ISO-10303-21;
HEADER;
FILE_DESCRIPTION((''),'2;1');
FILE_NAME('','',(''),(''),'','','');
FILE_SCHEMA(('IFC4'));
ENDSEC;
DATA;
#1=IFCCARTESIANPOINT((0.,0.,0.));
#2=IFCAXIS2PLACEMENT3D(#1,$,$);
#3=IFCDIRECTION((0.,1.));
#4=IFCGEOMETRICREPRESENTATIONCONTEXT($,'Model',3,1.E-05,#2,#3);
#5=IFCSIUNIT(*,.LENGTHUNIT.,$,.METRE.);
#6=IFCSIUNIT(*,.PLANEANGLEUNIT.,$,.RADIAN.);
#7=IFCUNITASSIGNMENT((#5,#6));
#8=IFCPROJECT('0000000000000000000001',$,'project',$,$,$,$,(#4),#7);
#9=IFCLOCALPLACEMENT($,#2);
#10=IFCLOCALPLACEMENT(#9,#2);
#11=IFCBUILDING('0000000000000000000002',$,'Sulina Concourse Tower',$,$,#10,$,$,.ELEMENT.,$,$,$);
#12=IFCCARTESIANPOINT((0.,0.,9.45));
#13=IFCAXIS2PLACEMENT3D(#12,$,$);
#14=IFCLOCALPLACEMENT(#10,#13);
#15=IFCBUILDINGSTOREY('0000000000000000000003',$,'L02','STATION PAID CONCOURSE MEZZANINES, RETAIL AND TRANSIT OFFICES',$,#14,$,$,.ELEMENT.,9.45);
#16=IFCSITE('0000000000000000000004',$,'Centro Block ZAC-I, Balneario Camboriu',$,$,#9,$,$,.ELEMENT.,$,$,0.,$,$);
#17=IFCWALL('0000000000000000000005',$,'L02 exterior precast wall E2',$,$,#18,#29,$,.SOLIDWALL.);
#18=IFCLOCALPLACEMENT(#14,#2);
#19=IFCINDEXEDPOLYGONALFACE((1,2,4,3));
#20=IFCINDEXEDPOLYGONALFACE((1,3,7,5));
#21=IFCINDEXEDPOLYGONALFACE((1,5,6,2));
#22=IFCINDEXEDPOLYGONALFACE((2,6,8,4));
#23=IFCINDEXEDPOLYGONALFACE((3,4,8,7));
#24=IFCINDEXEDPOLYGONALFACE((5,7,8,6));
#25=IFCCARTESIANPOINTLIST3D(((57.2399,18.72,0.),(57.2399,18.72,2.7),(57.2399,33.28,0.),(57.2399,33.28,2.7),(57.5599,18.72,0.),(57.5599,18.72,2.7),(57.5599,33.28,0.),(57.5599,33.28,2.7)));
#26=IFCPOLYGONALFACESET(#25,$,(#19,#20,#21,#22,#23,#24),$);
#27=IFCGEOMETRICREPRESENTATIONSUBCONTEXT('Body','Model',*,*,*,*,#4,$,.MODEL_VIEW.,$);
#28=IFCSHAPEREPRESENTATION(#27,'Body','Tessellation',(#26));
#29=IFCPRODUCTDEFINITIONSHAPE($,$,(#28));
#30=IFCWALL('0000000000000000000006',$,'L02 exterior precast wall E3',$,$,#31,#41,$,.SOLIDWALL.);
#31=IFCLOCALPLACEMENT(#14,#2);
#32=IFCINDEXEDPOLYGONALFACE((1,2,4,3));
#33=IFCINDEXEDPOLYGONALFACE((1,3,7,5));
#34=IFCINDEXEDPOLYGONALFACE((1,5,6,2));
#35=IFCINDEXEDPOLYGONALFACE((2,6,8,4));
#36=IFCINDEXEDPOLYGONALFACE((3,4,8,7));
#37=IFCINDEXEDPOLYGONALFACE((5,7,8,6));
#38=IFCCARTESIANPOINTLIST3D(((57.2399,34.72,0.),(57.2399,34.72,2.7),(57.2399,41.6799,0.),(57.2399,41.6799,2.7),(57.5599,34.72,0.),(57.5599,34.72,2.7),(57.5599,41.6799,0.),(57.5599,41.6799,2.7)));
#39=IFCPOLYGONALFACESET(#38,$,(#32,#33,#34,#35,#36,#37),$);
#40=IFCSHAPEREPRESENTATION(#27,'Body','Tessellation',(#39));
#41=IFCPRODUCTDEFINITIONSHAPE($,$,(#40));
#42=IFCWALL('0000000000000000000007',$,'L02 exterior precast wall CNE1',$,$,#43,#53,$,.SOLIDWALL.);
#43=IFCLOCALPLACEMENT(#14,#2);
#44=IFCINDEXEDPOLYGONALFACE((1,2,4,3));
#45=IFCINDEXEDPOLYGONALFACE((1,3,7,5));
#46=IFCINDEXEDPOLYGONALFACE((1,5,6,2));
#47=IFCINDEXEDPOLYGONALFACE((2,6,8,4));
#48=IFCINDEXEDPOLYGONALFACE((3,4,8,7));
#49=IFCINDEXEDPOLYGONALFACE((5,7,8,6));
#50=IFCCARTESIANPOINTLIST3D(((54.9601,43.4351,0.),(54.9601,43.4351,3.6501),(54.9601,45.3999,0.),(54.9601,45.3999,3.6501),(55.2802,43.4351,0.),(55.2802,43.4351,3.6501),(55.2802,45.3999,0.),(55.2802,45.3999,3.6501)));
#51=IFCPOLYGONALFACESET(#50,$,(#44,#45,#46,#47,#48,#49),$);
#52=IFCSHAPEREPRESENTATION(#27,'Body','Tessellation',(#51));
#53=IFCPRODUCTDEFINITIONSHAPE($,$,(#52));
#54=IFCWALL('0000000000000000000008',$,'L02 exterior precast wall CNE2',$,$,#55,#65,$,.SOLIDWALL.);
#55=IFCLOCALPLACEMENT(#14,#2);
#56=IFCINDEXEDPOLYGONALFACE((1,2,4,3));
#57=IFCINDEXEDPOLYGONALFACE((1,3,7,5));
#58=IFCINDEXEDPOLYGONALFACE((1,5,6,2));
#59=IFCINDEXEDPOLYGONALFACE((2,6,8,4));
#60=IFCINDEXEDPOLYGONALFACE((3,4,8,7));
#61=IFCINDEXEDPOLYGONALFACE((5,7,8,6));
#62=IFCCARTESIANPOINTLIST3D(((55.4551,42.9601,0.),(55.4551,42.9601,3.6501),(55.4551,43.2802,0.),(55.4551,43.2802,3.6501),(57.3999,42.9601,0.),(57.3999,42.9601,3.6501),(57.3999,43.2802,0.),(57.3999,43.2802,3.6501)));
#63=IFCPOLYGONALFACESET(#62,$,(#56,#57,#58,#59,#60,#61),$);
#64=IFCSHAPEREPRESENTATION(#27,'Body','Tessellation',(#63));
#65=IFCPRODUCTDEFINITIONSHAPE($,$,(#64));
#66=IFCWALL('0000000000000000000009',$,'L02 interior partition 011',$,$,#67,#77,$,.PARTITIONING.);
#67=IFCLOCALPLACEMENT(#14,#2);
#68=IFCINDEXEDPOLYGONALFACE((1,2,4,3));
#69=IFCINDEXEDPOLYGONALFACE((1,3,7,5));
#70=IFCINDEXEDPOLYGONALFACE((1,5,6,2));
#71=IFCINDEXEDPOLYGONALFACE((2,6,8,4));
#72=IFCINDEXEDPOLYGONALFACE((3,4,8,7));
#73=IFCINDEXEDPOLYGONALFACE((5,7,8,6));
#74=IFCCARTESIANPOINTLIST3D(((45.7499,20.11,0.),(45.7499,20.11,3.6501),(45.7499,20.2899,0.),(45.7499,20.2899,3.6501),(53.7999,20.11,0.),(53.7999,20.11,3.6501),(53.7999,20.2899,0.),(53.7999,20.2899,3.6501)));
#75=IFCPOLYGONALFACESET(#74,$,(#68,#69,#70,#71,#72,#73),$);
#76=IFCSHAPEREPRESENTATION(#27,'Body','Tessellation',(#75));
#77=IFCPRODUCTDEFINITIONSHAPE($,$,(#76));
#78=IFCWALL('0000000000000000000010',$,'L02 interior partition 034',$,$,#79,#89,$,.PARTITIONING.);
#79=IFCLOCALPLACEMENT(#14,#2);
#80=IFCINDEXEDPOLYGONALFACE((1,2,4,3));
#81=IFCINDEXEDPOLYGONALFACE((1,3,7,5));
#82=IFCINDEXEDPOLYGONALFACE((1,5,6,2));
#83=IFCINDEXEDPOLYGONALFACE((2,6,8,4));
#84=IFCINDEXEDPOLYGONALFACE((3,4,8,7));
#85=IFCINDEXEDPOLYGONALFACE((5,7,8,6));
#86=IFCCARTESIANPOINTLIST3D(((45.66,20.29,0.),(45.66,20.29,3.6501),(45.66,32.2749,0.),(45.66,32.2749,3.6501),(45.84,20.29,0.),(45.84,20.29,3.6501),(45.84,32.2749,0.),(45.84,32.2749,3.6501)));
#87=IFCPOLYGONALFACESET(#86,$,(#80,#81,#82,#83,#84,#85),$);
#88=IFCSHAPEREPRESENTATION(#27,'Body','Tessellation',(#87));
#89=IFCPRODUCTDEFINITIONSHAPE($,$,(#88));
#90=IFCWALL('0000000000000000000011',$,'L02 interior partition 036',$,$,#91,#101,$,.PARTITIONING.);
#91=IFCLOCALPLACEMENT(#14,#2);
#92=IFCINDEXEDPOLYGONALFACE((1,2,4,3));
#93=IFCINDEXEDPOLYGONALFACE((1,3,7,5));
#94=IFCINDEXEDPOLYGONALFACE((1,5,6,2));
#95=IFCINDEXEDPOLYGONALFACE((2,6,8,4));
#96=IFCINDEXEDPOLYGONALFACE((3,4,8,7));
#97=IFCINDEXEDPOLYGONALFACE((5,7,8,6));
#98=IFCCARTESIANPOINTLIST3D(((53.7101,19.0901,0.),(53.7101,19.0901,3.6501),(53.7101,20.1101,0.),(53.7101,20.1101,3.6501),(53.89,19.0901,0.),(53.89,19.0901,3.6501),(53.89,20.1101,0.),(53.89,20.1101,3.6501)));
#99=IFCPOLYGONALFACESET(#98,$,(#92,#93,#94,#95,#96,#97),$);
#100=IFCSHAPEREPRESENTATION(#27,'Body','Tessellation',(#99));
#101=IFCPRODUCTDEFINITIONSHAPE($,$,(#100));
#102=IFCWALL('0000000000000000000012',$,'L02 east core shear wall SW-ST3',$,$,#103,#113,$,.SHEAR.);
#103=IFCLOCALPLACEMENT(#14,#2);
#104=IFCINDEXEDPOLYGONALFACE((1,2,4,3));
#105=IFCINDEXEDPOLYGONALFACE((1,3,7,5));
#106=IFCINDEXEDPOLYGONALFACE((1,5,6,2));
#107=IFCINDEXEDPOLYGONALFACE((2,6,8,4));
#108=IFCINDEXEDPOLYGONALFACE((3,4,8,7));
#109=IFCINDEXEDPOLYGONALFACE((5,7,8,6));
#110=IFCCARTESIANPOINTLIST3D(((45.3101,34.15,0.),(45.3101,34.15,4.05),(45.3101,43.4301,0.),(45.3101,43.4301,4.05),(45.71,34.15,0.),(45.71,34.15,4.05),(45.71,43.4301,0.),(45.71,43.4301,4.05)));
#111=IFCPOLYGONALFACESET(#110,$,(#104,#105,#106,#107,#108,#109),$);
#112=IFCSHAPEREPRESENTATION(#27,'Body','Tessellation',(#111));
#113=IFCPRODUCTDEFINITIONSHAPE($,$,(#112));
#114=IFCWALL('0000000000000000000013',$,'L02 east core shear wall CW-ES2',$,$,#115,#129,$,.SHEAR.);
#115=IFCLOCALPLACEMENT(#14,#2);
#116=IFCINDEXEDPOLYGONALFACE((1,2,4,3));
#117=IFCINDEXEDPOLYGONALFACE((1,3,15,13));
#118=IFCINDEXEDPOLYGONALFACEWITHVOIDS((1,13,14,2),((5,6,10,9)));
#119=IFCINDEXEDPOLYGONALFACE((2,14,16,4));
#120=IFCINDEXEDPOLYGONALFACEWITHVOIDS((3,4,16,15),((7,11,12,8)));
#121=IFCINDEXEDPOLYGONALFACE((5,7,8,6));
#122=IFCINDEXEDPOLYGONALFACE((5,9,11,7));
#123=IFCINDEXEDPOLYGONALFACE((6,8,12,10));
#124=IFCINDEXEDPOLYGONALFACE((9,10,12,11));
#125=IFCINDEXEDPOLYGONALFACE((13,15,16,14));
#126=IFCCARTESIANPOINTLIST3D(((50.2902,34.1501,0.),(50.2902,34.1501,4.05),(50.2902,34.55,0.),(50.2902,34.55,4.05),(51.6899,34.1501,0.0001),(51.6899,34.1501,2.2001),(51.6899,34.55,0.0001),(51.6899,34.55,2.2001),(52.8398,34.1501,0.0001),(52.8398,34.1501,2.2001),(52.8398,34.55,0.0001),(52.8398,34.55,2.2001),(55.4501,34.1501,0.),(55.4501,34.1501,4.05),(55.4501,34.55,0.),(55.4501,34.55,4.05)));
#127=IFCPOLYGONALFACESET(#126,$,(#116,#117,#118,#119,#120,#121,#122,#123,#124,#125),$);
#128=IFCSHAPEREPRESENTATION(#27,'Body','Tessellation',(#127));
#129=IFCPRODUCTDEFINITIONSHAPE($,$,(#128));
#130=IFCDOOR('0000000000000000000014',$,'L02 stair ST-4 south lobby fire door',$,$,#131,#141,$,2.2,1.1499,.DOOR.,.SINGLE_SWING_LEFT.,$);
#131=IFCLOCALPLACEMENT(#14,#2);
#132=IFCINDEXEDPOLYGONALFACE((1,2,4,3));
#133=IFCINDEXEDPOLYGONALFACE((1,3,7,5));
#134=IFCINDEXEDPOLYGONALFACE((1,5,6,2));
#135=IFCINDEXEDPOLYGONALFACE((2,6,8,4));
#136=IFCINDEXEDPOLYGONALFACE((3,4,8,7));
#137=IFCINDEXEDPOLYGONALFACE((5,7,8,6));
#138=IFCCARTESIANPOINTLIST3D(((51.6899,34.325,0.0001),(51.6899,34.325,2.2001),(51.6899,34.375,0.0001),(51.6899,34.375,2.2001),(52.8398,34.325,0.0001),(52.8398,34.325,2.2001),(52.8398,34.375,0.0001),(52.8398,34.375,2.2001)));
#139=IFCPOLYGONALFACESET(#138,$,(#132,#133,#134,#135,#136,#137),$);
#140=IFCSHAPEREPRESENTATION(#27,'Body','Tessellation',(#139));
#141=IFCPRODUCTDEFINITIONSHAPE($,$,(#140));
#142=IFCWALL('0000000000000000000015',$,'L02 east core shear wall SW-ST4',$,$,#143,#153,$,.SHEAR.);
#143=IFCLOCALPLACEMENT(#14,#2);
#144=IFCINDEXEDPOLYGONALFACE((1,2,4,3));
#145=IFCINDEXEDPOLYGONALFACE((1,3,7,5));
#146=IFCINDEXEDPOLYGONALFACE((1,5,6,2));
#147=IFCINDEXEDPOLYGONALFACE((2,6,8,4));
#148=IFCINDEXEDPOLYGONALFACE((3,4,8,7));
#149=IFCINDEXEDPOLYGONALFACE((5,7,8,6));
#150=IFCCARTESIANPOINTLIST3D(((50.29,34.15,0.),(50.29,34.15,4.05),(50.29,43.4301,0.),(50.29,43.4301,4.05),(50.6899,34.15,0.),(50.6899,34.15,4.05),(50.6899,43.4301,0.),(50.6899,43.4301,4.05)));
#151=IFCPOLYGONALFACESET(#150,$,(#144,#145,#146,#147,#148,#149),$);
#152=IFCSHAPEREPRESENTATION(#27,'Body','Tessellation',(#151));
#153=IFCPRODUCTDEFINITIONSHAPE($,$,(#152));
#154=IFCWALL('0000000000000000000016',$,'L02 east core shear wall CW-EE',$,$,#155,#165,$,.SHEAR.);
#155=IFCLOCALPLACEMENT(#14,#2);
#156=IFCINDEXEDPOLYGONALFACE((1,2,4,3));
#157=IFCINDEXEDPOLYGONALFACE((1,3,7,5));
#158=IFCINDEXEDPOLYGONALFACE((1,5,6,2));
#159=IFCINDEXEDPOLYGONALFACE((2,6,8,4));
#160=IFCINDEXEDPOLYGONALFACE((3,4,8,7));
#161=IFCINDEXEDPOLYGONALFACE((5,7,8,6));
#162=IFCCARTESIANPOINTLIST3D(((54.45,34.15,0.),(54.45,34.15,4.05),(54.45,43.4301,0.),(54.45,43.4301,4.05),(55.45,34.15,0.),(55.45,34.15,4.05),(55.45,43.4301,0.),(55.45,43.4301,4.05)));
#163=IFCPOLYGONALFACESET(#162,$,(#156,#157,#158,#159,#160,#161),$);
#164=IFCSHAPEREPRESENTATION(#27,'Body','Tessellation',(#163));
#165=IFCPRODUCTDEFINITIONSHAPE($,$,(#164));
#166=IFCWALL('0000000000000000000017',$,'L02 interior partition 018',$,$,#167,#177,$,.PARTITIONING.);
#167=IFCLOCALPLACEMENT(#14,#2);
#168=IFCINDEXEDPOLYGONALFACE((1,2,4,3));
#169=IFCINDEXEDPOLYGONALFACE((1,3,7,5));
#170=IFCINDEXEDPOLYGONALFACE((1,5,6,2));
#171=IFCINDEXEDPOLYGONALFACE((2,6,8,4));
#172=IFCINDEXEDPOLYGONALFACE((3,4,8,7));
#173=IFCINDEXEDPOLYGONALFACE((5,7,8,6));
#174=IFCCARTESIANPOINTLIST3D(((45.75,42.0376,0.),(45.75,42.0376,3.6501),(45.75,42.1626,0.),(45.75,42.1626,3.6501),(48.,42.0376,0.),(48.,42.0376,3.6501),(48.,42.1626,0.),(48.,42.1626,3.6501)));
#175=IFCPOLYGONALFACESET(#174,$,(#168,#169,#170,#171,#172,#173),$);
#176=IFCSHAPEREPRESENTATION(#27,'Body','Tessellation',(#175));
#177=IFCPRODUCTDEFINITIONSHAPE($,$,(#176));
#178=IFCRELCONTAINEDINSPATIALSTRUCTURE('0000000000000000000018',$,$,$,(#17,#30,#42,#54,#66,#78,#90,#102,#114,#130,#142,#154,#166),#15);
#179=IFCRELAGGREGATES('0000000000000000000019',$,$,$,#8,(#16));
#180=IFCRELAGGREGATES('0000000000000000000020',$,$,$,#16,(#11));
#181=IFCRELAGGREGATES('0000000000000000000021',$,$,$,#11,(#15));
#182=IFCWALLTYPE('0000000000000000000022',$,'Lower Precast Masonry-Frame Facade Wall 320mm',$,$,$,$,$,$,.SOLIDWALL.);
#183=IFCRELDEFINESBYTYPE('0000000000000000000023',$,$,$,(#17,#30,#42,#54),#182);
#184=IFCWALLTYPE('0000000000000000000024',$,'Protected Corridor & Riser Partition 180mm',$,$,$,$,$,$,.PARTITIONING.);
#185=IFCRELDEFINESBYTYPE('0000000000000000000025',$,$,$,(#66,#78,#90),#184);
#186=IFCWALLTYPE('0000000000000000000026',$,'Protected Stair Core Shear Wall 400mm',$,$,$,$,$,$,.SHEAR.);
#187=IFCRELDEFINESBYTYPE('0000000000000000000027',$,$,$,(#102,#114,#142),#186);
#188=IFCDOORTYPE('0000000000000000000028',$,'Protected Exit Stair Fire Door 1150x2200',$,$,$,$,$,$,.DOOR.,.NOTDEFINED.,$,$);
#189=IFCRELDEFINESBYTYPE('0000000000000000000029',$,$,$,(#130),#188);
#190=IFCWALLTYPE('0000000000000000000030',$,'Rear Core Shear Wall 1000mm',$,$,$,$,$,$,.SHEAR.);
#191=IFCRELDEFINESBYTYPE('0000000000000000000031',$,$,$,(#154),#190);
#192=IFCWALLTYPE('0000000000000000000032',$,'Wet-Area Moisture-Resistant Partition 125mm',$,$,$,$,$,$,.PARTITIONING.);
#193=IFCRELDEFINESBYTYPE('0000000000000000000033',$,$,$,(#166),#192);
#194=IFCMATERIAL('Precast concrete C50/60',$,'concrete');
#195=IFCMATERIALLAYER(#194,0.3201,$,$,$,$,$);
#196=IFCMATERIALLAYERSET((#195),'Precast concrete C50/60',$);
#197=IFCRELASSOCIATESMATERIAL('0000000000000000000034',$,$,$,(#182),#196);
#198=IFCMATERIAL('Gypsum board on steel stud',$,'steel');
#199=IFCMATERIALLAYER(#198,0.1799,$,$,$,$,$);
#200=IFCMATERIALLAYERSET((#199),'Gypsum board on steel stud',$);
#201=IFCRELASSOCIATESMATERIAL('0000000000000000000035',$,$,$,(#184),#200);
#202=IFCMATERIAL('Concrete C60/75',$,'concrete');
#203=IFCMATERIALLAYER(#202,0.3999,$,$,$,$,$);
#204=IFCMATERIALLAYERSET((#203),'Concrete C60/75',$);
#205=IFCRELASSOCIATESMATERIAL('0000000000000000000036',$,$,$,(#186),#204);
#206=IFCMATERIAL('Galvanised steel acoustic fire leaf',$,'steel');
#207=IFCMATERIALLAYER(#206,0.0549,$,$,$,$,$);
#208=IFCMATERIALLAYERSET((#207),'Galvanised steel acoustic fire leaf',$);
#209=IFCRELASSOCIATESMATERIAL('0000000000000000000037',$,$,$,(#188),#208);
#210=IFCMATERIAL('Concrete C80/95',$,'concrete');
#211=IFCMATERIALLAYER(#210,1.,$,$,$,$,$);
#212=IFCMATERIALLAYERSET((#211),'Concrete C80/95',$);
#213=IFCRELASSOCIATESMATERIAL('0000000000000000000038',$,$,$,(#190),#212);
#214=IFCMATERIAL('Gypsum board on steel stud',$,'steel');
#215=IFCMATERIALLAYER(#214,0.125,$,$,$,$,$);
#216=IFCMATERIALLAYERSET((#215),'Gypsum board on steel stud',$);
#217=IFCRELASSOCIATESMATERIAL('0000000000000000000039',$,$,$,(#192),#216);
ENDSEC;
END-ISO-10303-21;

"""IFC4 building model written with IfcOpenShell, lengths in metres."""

from ifc_helpers import new_model, si_unit, direction, frame, frame_2d, origin, place, context, subcontext, project, spatial, rectangle, extrude, material, layer, layer_set, type_object, element, fill, save


model = new_model("IFC4")

# Units and contexts
model_context = context("Model", 3, precision=1e-05, world=origin(), true_north=direction((0.0, 1.0)))
body_context = subcontext(model_context, "Body", "Model", "MODEL_VIEW")
ifc_project = project(units=[si_unit("LENGTHUNIT", "METRE"), si_unit("PLANEANGLEUNIT", "RADIAN")], contexts=[model_context])

# Site, building, storey
site_placement = place(None, origin())
site = spatial("IfcSite", under=ifc_project, at=site_placement, Name="Centro Block ZAC-I, Balneario Camboriu", CompositionType="ELEMENT", RefElevation=0.0)
building_placement = place(site_placement, origin())
building = spatial("IfcBuilding", under=site, at=building_placement, Name="Sulina Concourse Tower", CompositionType="ELEMENT")
storey_placement = place(building_placement, frame((0.0, 0.0, 9.45)))
storey = spatial("IfcBuildingStorey", under=building, at=storey_placement, Name="L02", Description="STATION PAID CONCOURSE MEZZANINES, RETAIL AND TRANSIT OFFICES", CompositionType="ELEMENT", Elevation=9.45)

# Walls
ifc_material_1 = material(Name="Precast concrete C50/60", Category="concrete")
ifc_layer_1 = layer(ifc_material_1, 0.3201)
ifc_layer_set_1 = layer_set([ifc_layer_1], Name="Precast concrete C50/60")
wall_type_1 = type_object("IfcWallType", Name="Lower Precast Masonry-Frame Facade Wall 320mm", PredefinedType="SOLIDWALL", material=ifc_layer_set_1)
wall_1_placement = place(storey_placement, frame((57.3999, 33.28, 0.0), z_axis=(0.0, 0.0, 1.0), x_axis=(0.0, -1.0, 0.0)))
element("IfcWall", 1, at=wall_1_placement, inside=storey, type_object=wall_type_1, Name="L02 exterior precast wall E2", PredefinedType="SOLIDWALL", context=body_context, shape_type="SweptSolid", body=[
    extrude(rectangle(XDim=14.5601, YDim=0.3201, at=frame_2d((7.28, 0.0))), origin(), (0.0, 0.0, 1.0), 2.7),
])
wall_2_placement = place(storey_placement, frame((57.3999, 41.6799, 0.0), z_axis=(0.0, 0.0, 1.0), x_axis=(0.0, -1.0, 0.0)))
element("IfcWall", 2, at=wall_2_placement, inside=storey, type_object=wall_type_1, Name="L02 exterior precast wall E3", PredefinedType="SOLIDWALL", context=body_context, shape_type="SweptSolid", body=[
    extrude(rectangle(XDim=6.96, YDim=0.3201, at=frame_2d((3.48, 0.0))), origin(), (0.0, 0.0, 1.0), 2.7),
])
wall_3_placement = place(storey_placement, frame((55.1201, 45.3999, 0.0), z_axis=(0.0, 0.0, 1.0), x_axis=(0.0, -1.0, 0.0)))
element("IfcWall", 3, at=wall_3_placement, inside=storey, type_object=wall_type_1, Name="L02 exterior precast wall CNE1", PredefinedType="SOLIDWALL", context=body_context, shape_type="SweptSolid", body=[
    extrude(rectangle(XDim=1.9648, YDim=0.3201, at=frame_2d((0.9824, 0.0))), origin(), (0.0, 0.0, 1.0), 3.6501),
])
wall_4_placement = place(storey_placement, frame((55.4551, 43.1201, 0.0), z_axis=(0.0, 0.0, 1.0), x_axis=(1.0, 0.0, 0.0)))
element("IfcWall", 4, at=wall_4_placement, inside=storey, type_object=wall_type_1, Name="L02 exterior precast wall CNE2", PredefinedType="SOLIDWALL", context=body_context, shape_type="SweptSolid", body=[
    extrude(rectangle(XDim=1.9448, YDim=0.3201, at=frame_2d((0.9724, 0.0))), origin(), (0.0, 0.0, 1.0), 3.6501),
])
ifc_material_2 = material(Name="Gypsum board on steel stud", Category="steel")
ifc_layer_2 = layer(ifc_material_2, 0.1799)
ifc_layer_set_2 = layer_set([ifc_layer_2], Name="Gypsum board on steel stud")
wall_type_2 = type_object("IfcWallType", Name="Protected Corridor & Riser Partition 180mm", PredefinedType="PARTITIONING", material=ifc_layer_set_2)
wall_5_placement = place(storey_placement, frame((45.75, 20.2, 0.0), z_axis=(0.0, 0.0, 1.0), x_axis=(1.0, 0.0, 0.0)))
element("IfcWall", 5, at=wall_5_placement, inside=storey, type_object=wall_type_2, Name="L02 interior partition 011", PredefinedType="PARTITIONING", context=body_context, shape_type="SweptSolid", body=[
    extrude(rectangle(XDim=8.05, YDim=0.1799, at=frame_2d((4.0249, 0.0))), origin(), (0.0, 0.0, 1.0), 3.6501),
])
wall_6_placement = place(storey_placement, frame((45.75, 20.29, 0.0), z_axis=(0.0, 0.0, 1.0), x_axis=(0.0, 1.0, 0.0)))
element("IfcWall", 6, at=wall_6_placement, inside=storey, type_object=wall_type_2, Name="L02 interior partition 034", PredefinedType="PARTITIONING", context=body_context, shape_type="SweptSolid", body=[
    extrude(rectangle(XDim=11.9849, YDim=0.1799, at=frame_2d((5.9924, 0.0))), origin(), (0.0, 0.0, 1.0), 3.6501),
])
wall_7_placement = place(storey_placement, frame((53.8, 19.0901, 0.0), z_axis=(0.0, 0.0, 1.0), x_axis=(0.0, 1.0, 0.0)))
element("IfcWall", 7, at=wall_7_placement, inside=storey, type_object=wall_type_2, Name="L02 interior partition 036", PredefinedType="PARTITIONING", context=body_context, shape_type="SweptSolid", body=[
    extrude(rectangle(XDim=1.02, YDim=0.1799, at=frame_2d((0.51, 0.0))), origin(), (0.0, 0.0, 1.0), 3.6501),
])
ifc_material_3 = material(Name="Concrete C60/75", Category="concrete")
ifc_layer_3 = layer(ifc_material_3, 0.3999)
ifc_layer_set_3 = layer_set([ifc_layer_3], Name="Concrete C60/75")
wall_type_3 = type_object("IfcWallType", Name="Protected Stair Core Shear Wall 400mm", PredefinedType="SHEAR", material=ifc_layer_set_3)
wall_8_placement = place(storey_placement, frame((45.51, 34.1499, 0.0), z_axis=(0.0, 0.0, 1.0), x_axis=(0.0, 1.0, 0.0)))
element("IfcWall", 8, at=wall_8_placement, inside=storey, type_object=wall_type_3, Name="L02 east core shear wall SW-ST3", PredefinedType="SHEAR", context=body_context, shape_type="SweptSolid", body=[
    extrude(rectangle(XDim=9.28, YDim=0.3999, at=frame_2d((4.6401, 0.0))), origin(), (0.0, 0.0, 1.0), 4.05),
])

# Wall, opening, door
wall_9_placement = place(storey_placement, frame((50.29, 34.3501, 0.0), z_axis=(0.0, 0.0, 1.0), x_axis=(1.0, 0.0, 0.0)))
wall_9 = element("IfcWall", 9, at=wall_9_placement, inside=storey, type_object=wall_type_3, Name="L02 east core shear wall CW-ES2", PredefinedType="SHEAR", context=body_context, shape_type="SweptSolid", body=[
    extrude(rectangle(XDim=5.1599, YDim=0.3999, at=frame_2d((2.5801, 0.0))), origin(), (0.0, 0.0, 1.0), 4.05),
])
opening_1_placement = place(wall_9_placement, frame((1.3999, 0.0, 0.0)))
opening_1 = element("IfcOpeningElement", 10, at=opening_1_placement, cuts=wall_9, PredefinedType="OPENING", context=body_context, shape_type="SweptSolid", body=[
    extrude(rectangle(XDim=1.1499, YDim=2.2, at=frame_2d((0.575, 1.1001))), frame((0.0, 0.21, 0.0), z_axis=(0.0, -1.0, 0.0), x_axis=(1.0, 0.0, 0.0)), (0.0, 0.0, 1.0), 0.4199),
])
ifc_material_4 = material(Name="Galvanised steel acoustic fire leaf", Category="steel")
ifc_layer_4 = layer(ifc_material_4, 0.0549)
ifc_layer_set_4 = layer_set([ifc_layer_4], Name="Galvanised steel acoustic fire leaf")
door_type_1 = type_object("IfcDoorType", Name="Protected Exit Stair Fire Door 1150x2200", OperationType="NOTDEFINED", PredefinedType="DOOR", material=ifc_layer_set_4)
door_1_placement = place(opening_1_placement, origin())
door_1 = element("IfcDoor", 11, at=door_1_placement, inside=storey, type_object=door_type_1, Name="L02 stair ST-4 south lobby fire door", OperationType="SINGLE_SWING_LEFT", OverallHeight=2.2, OverallWidth=1.1499, PredefinedType="DOOR", context=body_context, shape_type="SweptSolid", body=[
    extrude(rectangle(XDim=1.1499, YDim=2.2, at=frame_2d((0.575, 1.1001))), frame((0.0, 0.0249, 0.0), z_axis=(0.0, -1.0, 0.0), x_axis=(1.0, 0.0, 0.0)), (0.0, 0.0, 1.0), 0.05),
])
fill(opening_1, door_1)

# Walls
wall_10_placement = place(storey_placement, frame((50.49, 34.1499, 0.0), z_axis=(0.0, 0.0, 1.0), x_axis=(0.0, 1.0, 0.0)))
element("IfcWall", 12, at=wall_10_placement, inside=storey, type_object=wall_type_3, Name="L02 east core shear wall SW-ST4", PredefinedType="SHEAR", context=body_context, shape_type="SweptSolid", body=[
    extrude(rectangle(XDim=9.28, YDim=0.3999, at=frame_2d((4.6401, 0.0))), origin(), (0.0, 0.0, 1.0), 4.05),
])
ifc_material_5 = material(Name="Concrete C80/95", Category="concrete")
ifc_layer_5 = layer(ifc_material_5, 1.0)
ifc_layer_set_5 = layer_set([ifc_layer_5], Name="Concrete C80/95")
wall_type_4 = type_object("IfcWallType", Name="Rear Core Shear Wall 1000mm", PredefinedType="SHEAR", material=ifc_layer_set_5)
wall_11_placement = place(storey_placement, frame((54.95, 34.1499, 0.0), z_axis=(0.0, 0.0, 1.0), x_axis=(0.0, 1.0, 0.0)))
element("IfcWall", 13, at=wall_11_placement, inside=storey, type_object=wall_type_4, Name="L02 east core shear wall CW-EE", PredefinedType="SHEAR", context=body_context, shape_type="SweptSolid", body=[
    extrude(rectangle(XDim=9.28, YDim=1.0, at=frame_2d((4.6401, 0.0))), origin(), (0.0, 0.0, 1.0), 4.05),
])
ifc_material_6 = material(Name="Gypsum board on steel stud", Category="steel")
ifc_layer_6 = layer(ifc_material_6, 0.125)
ifc_layer_set_6 = layer_set([ifc_layer_6], Name="Gypsum board on steel stud")
wall_type_5 = type_object("IfcWallType", Name="Wet-Area Moisture-Resistant Partition 125mm", PredefinedType="PARTITIONING", material=ifc_layer_set_6)
wall_12_placement = place(storey_placement, frame((45.75, 42.1001, 0.0), z_axis=(0.0, 0.0, 1.0), x_axis=(1.0, 0.0, 0.0)))
element("IfcWall", 14, at=wall_12_placement, inside=storey, type_object=wall_type_5, Name="L02 interior partition 018", PredefinedType="PARTITIONING", context=body_context, shape_type="SweptSolid", body=[
    extrude(rectangle(XDim=2.25, YDim=0.125, at=frame_2d((1.125, 0.0))), origin(), (0.0, 0.0, 1.0), 3.6501),
])

save(model, "model.ifc")
